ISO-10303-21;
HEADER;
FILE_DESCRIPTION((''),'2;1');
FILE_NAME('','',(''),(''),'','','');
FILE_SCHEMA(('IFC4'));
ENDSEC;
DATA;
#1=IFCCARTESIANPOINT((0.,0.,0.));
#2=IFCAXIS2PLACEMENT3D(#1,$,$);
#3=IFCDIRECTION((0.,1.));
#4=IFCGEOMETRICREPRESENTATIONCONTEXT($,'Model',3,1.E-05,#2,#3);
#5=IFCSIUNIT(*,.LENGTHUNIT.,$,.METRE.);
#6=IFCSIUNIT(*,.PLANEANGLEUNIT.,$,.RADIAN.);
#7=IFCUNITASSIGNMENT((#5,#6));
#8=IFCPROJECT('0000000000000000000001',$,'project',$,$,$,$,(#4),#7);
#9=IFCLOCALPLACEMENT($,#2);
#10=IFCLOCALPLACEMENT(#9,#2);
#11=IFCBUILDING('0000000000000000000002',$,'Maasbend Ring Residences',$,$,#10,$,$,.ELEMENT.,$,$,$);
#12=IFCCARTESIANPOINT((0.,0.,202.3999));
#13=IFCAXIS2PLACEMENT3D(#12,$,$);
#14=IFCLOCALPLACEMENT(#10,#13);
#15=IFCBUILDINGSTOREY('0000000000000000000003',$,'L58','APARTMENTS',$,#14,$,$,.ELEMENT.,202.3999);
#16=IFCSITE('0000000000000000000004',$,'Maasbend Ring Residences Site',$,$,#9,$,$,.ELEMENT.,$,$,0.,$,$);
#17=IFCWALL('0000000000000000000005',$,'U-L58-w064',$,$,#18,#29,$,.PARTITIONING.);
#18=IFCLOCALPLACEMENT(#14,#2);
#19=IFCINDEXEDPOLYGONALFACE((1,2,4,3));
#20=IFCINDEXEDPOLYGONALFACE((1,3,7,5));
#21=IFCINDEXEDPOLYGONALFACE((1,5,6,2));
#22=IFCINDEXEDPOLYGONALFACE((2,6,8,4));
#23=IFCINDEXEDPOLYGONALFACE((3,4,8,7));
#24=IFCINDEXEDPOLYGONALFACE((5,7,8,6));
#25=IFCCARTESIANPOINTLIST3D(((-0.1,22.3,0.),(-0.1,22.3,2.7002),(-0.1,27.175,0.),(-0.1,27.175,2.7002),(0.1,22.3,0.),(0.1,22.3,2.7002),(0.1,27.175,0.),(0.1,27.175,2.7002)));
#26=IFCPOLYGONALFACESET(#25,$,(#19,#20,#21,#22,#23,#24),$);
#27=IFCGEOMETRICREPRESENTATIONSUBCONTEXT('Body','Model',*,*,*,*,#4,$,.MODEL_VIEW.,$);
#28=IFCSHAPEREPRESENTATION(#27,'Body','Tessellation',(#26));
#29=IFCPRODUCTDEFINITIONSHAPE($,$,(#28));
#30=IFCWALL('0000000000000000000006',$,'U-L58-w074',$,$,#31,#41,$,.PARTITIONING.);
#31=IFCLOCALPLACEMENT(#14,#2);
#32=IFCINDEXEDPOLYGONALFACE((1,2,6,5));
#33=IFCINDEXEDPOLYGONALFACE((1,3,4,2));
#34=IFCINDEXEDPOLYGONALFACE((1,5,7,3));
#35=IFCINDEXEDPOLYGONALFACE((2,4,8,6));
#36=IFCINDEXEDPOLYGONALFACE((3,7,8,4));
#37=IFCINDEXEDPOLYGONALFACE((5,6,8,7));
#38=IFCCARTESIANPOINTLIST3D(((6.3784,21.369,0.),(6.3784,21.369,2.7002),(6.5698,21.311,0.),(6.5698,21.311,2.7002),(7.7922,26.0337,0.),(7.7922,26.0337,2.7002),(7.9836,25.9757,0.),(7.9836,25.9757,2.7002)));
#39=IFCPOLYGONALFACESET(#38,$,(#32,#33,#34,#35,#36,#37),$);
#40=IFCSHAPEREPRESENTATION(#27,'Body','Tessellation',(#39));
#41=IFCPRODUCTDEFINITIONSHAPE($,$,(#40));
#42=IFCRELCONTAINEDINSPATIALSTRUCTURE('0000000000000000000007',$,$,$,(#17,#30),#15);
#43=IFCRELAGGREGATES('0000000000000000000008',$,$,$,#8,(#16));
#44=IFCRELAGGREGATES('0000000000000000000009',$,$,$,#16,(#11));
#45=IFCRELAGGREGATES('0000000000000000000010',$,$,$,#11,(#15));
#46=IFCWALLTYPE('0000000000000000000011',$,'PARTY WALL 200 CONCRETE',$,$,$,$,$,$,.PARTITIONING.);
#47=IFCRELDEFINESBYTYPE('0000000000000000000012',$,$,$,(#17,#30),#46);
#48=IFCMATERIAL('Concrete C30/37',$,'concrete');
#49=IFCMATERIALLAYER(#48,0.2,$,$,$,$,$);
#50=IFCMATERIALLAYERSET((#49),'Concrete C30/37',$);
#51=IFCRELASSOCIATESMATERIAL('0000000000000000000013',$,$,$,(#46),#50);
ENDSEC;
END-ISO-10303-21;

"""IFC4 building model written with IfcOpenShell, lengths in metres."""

from ifc_helpers import new_model, si_unit, direction, frame, frame_2d, origin, place, context, subcontext, project, spatial, rectangle, extrude, material, layer, layer_set, type_object, element, save


model = new_model("IFC4")

# Units and contexts
model_context = context("Model", 3, precision=1e-05, world=origin(), true_north=direction((0.0, 1.0)))
body_context = subcontext(model_context, "Body", "Model", "MODEL_VIEW")
ifc_project = project(units=[si_unit("LENGTHUNIT", "METRE"), si_unit("PLANEANGLEUNIT", "RADIAN")], contexts=[model_context])

# Site, building, storey
site_placement = place(None, origin())
site = spatial("IfcSite", under=ifc_project, at=site_placement, Name="Maasbend Ring Residences Site", CompositionType="ELEMENT", RefElevation=0.0)
building_placement = place(site_placement, origin())
building = spatial("IfcBuilding", under=site, at=building_placement, Name="Maasbend Ring Residences", CompositionType="ELEMENT")
storey_placement = place(building_placement, frame((0.0, 0.0, 202.3999)))
storey = spatial("IfcBuildingStorey", under=building, at=storey_placement, Name="L58", Description="APARTMENTS", CompositionType="ELEMENT", Elevation=202.3999)

# Walls
ifc_material_1 = material(Name="Concrete C30/37", Category="concrete")
ifc_layer_1 = layer(ifc_material_1, 0.2)
ifc_layer_set_1 = layer_set([ifc_layer_1], Name="Concrete C30/37")
wall_type_1 = type_object("IfcWallType", Name="PARTY WALL 200 CONCRETE", PredefinedType="PARTITIONING", material=ifc_layer_set_1)
wall_1_placement = place(storey_placement, frame((0.0, 22.3, 0.0), z_axis=(0.0, 0.0, 1.0), x_axis=(0.0, 1.0, 0.0)))
element("IfcWall", 1, at=wall_1_placement, inside=storey, type_object=wall_type_1, Name="U-L58-w064", PredefinedType="PARTITIONING", context=body_context, shape_type="SweptSolid", body=[
    extrude(rectangle(XDim=4.875, YDim=0.2, at=frame_2d((2.4375, 0.0))), origin(), (0.0, 0.0, 1.0), 2.7002),
])
wall_2_placement = place(storey_placement, frame((6.4741, 21.3401, 0.0), z_axis=(0.0, 0.0, 1.0), x_axis=(0.290053, 0.957011, 0.0)))
element("IfcWall", 2, at=wall_2_placement, inside=storey, type_object=wall_type_1, Name="U-L58-w074", PredefinedType="PARTITIONING", context=body_context, shape_type="SweptSolid", body=[
    extrude(rectangle(XDim=4.8743, YDim=0.2, at=frame_2d((2.437, 0.0))), origin(), (0.0, 0.0, 1.0), 2.7002),
])

save(model, "model.ifc")
